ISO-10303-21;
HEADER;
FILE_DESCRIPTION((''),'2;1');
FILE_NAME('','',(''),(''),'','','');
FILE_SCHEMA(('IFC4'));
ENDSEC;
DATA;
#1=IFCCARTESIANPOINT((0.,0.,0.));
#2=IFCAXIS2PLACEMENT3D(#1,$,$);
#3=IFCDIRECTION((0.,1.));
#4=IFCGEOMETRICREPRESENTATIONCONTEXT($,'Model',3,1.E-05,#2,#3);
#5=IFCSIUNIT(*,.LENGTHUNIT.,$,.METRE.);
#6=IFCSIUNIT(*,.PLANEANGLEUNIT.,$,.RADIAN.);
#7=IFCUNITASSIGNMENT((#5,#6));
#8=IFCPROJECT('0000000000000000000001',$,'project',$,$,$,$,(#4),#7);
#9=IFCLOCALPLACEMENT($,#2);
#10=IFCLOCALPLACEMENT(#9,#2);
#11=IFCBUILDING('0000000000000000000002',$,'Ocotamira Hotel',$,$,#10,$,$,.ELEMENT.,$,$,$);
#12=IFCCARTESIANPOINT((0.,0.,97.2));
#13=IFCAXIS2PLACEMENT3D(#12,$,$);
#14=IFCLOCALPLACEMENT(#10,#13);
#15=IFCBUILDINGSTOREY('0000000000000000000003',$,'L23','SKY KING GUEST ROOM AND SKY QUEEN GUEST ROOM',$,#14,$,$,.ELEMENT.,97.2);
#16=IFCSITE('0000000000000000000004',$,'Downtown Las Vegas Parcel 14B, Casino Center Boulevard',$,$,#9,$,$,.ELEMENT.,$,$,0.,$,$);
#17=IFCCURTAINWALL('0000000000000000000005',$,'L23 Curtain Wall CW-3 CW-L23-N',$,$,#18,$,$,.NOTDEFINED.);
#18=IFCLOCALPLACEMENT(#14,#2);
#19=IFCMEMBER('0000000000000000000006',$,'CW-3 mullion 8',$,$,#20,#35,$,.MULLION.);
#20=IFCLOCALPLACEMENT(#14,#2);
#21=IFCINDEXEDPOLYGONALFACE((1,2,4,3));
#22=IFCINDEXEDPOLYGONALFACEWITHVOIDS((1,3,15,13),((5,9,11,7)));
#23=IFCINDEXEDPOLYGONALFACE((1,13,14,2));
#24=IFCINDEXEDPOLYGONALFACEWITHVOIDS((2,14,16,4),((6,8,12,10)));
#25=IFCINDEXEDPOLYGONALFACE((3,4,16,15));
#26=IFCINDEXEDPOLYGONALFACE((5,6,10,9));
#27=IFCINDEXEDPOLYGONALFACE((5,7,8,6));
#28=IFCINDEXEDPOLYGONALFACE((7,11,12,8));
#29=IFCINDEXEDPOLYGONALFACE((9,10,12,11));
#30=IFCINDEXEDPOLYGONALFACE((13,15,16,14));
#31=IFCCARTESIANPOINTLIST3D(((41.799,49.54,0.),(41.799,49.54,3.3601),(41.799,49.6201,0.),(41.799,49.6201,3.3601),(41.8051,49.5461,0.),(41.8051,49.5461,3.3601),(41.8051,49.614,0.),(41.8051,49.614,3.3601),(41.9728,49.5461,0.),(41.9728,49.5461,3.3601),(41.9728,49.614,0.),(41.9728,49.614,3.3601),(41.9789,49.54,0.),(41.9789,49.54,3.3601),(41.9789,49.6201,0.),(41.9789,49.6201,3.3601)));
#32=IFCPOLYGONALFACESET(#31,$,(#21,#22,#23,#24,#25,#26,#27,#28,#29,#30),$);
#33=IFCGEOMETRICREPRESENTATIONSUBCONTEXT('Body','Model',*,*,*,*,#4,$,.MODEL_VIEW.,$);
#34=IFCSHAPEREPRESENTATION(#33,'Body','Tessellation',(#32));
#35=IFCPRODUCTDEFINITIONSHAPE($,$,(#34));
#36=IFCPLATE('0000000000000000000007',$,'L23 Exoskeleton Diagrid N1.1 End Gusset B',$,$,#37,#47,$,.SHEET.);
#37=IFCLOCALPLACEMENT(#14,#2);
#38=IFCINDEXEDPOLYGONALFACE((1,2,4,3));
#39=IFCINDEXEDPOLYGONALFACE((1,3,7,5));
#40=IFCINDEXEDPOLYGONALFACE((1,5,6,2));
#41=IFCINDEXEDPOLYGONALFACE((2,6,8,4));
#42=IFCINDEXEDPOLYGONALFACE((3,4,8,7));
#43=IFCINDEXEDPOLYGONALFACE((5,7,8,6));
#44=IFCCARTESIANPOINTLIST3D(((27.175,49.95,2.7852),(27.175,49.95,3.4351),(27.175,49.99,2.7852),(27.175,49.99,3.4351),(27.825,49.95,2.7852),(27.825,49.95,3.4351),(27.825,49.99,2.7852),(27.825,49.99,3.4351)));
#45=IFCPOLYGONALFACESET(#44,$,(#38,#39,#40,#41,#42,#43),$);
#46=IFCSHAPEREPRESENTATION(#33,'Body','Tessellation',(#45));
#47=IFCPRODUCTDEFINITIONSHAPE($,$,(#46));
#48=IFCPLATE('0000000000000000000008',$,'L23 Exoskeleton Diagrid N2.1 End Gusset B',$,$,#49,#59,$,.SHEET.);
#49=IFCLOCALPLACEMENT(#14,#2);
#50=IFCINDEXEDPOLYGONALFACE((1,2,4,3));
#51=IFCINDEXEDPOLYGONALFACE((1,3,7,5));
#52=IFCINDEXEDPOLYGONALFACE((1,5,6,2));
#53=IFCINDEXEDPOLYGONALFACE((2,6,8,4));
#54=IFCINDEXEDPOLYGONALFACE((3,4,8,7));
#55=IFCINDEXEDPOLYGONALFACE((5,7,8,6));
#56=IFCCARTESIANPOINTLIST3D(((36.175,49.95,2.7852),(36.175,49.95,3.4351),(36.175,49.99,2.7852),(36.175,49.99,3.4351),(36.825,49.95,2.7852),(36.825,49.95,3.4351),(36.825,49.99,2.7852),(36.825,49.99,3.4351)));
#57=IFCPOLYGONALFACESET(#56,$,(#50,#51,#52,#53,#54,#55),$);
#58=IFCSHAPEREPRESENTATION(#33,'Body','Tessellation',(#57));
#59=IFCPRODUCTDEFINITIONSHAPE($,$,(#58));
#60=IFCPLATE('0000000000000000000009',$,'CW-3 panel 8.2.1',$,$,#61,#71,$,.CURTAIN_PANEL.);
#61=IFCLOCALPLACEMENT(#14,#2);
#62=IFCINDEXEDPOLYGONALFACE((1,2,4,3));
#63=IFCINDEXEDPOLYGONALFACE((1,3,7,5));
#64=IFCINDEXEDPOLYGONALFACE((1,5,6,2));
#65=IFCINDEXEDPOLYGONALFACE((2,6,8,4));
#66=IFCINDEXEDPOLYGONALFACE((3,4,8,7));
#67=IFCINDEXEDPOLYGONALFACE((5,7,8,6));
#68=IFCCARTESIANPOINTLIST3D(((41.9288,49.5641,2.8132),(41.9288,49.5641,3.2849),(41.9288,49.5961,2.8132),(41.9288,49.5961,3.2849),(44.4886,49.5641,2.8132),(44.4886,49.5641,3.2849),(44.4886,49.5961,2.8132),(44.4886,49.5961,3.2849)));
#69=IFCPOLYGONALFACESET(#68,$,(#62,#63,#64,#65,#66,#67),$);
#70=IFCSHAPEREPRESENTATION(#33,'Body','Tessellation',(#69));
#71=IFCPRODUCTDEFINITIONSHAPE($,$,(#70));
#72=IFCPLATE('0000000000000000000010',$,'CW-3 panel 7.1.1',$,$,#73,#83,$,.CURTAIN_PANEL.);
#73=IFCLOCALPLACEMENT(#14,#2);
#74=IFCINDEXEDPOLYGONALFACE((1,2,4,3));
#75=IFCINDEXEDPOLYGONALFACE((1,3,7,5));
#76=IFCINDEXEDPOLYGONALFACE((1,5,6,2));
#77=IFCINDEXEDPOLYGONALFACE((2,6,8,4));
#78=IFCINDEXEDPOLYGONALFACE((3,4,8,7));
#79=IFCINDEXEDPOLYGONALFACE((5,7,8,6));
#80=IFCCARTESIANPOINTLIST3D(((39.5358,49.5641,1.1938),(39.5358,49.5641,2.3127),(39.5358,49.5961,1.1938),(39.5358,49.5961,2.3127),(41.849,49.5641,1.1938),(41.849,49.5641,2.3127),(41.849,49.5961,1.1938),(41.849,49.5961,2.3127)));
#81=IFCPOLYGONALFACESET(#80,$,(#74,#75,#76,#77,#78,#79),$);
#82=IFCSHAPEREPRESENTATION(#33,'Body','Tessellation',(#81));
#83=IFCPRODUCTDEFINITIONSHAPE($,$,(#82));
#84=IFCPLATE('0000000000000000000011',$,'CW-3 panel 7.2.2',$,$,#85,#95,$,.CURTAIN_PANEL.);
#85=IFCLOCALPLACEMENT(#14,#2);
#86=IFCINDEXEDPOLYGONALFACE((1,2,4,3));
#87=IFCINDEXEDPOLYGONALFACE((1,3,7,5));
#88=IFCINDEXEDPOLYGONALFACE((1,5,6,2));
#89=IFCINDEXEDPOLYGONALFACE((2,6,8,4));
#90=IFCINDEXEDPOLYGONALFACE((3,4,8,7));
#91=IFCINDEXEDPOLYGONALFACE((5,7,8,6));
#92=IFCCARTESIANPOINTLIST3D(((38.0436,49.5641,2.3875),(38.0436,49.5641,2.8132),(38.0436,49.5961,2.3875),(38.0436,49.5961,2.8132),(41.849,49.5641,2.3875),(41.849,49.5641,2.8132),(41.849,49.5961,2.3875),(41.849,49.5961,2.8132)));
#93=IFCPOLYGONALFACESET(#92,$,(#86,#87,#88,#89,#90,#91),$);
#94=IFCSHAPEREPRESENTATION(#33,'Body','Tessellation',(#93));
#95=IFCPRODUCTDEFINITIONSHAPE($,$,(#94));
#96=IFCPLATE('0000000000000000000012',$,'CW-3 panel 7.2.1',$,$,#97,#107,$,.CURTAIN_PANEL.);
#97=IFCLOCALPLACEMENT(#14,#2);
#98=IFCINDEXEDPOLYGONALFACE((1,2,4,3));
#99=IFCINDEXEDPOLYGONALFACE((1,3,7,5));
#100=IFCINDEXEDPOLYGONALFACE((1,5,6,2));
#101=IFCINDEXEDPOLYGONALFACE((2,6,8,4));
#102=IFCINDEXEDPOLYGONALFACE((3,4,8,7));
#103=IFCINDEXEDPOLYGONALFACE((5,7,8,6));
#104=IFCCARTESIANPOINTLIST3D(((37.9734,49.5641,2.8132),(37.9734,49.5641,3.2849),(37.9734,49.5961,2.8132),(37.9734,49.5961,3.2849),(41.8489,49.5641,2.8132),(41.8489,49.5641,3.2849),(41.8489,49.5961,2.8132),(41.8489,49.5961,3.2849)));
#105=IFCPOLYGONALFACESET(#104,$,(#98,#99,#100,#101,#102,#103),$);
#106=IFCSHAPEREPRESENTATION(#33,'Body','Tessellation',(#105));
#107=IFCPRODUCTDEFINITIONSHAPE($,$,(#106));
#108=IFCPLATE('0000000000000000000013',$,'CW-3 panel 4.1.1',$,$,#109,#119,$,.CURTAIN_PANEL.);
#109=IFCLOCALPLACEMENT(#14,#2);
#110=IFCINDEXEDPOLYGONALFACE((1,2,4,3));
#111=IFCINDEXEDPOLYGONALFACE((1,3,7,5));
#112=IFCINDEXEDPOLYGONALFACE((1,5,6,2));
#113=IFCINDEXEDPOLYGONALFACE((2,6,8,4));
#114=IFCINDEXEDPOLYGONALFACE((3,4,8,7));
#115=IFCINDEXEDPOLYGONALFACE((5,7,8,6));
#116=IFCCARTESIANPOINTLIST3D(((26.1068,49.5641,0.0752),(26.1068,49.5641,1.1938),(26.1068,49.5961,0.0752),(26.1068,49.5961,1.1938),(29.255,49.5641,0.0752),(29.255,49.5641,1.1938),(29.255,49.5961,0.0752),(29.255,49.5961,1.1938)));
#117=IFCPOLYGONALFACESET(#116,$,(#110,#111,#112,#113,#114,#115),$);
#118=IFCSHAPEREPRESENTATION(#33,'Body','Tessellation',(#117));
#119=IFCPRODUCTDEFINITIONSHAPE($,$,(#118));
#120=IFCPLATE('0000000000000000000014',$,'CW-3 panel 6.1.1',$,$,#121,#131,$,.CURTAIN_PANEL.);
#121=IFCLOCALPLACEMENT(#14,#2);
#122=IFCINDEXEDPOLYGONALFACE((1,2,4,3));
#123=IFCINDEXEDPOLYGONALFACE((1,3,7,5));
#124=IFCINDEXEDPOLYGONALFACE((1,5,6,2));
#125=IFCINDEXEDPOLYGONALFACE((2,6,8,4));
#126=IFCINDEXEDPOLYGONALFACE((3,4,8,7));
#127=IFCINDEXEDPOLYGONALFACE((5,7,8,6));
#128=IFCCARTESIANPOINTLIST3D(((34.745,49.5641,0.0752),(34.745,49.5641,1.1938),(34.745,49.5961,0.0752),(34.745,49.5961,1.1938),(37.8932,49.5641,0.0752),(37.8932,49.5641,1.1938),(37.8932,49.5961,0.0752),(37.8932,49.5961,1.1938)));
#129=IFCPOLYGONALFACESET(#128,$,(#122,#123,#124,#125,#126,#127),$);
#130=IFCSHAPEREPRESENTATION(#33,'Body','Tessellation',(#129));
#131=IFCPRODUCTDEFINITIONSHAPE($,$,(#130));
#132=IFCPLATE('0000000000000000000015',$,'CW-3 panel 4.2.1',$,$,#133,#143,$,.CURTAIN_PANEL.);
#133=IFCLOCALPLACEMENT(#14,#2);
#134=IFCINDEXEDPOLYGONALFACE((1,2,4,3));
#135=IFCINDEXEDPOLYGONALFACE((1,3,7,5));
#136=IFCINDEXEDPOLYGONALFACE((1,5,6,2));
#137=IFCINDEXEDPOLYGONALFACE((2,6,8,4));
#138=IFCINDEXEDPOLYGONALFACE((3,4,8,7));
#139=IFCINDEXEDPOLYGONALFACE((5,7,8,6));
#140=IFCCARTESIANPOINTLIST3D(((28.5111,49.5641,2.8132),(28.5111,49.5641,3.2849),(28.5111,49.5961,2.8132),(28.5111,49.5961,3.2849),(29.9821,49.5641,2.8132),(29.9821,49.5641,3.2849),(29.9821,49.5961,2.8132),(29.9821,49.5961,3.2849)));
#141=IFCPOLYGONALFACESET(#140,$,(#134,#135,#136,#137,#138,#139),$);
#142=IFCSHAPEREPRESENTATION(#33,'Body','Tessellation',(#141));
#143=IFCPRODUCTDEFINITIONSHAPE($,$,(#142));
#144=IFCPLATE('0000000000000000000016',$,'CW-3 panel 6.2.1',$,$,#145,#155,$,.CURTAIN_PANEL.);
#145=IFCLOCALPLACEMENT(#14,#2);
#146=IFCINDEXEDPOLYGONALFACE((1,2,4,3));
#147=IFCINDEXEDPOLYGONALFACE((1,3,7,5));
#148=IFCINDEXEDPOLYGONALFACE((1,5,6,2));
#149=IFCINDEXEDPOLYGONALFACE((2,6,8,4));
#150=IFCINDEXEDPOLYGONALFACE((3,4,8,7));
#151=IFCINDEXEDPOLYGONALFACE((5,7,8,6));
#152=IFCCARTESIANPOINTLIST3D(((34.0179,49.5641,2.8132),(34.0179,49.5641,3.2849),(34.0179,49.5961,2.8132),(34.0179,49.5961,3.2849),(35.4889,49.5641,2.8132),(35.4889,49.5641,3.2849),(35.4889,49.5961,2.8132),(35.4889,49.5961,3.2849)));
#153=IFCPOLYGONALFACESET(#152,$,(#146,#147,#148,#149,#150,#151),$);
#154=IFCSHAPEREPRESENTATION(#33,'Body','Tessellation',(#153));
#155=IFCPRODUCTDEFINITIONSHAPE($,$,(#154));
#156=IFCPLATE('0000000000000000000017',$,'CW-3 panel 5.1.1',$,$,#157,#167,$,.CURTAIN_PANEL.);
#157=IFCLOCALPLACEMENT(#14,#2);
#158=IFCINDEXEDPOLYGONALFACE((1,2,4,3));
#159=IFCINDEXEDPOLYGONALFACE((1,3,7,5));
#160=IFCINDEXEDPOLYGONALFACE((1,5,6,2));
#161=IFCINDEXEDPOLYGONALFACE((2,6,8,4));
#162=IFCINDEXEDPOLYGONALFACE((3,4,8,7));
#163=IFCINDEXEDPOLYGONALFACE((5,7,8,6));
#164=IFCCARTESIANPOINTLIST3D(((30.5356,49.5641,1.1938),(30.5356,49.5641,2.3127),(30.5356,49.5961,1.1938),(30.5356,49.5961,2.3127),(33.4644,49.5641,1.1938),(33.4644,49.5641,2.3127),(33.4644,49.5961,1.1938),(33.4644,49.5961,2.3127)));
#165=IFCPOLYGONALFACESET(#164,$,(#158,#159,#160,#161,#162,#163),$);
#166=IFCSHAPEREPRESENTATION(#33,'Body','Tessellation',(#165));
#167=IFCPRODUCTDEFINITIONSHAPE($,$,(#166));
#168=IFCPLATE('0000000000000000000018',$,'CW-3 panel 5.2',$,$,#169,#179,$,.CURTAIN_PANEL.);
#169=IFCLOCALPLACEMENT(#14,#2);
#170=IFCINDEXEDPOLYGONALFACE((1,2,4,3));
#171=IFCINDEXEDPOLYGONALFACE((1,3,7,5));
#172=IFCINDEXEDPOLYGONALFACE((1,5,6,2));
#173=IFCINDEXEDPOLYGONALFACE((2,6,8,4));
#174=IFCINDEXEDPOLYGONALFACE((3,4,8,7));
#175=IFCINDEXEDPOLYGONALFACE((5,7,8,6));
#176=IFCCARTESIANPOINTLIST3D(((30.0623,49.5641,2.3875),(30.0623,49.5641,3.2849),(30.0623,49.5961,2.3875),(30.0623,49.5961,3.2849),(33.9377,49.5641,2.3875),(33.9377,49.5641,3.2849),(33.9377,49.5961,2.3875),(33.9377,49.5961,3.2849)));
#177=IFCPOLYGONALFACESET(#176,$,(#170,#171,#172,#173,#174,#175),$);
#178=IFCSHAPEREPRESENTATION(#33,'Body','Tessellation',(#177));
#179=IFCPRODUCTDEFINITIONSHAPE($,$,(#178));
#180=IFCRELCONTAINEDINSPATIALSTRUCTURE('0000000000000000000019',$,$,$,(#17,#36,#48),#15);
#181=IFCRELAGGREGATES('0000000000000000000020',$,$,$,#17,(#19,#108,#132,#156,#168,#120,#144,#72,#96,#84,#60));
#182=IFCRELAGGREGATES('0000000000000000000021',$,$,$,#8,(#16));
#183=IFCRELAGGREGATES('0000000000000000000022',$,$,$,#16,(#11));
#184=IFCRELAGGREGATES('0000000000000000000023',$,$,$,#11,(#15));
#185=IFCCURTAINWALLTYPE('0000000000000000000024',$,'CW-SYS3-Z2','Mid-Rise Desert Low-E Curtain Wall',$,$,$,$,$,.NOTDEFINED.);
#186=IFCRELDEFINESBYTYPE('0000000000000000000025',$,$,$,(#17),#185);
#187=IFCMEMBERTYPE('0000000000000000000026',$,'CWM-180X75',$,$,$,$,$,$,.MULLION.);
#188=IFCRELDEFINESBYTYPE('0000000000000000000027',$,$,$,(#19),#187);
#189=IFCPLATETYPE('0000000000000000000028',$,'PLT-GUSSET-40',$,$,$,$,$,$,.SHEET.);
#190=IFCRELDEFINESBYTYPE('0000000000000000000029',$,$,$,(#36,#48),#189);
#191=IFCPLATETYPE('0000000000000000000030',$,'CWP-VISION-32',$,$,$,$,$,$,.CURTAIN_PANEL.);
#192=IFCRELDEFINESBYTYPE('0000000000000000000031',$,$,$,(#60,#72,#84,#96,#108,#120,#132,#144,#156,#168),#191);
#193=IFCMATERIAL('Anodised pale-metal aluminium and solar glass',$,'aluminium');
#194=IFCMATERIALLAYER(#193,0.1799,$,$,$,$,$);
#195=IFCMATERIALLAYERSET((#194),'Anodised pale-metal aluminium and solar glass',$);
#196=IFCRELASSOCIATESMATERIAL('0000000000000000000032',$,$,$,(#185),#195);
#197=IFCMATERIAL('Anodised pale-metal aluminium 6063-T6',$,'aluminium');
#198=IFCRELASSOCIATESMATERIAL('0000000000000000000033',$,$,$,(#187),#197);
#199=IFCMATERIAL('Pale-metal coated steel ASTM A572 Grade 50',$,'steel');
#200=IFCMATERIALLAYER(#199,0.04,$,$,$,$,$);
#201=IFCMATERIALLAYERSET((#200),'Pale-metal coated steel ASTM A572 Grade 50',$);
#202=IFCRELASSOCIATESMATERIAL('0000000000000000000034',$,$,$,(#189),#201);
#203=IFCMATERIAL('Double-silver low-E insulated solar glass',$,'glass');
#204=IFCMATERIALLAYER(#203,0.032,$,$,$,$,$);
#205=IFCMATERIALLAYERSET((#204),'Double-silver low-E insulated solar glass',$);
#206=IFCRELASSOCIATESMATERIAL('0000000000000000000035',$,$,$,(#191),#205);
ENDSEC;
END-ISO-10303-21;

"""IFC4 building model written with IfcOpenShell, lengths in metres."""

from ifc_helpers import new_model, si_unit, direction, frame, origin, origin_2d, place, context, subcontext, project, spatial, rectangle, hollow_rectangle, extrude, source, transform, mapped, material, layer, layer_set, material_profile, profile_set, type_object, element, aggregate, save


model = new_model("IFC4")

# Units and contexts
model_context = context("Model", 3, precision=1e-05, world=origin(), true_north=direction((0.0, 1.0)))
body_context = subcontext(model_context, "Body", "Model", "MODEL_VIEW")
ifc_project = project(units=[si_unit("LENGTHUNIT", "METRE"), si_unit("PLANEANGLEUNIT", "RADIAN")], contexts=[model_context])

# Site, building, storey
site_placement = place(None, origin())
site = spatial("IfcSite", under=ifc_project, at=site_placement, Name="Downtown Las Vegas Parcel 14B, Casino Center Boulevard", CompositionType="ELEMENT", RefElevation=0.0)
building_placement = place(site_placement, origin())
building = spatial("IfcBuilding", under=site, at=building_placement, Name="Ocotamira Hotel", CompositionType="ELEMENT")
storey_placement = place(building_placement, frame((0.0, 0.0, 97.2)))
storey = spatial("IfcBuildingStorey", under=building, at=storey_placement, Name="L23", Description="SKY KING GUEST ROOM AND SKY QUEEN GUEST ROOM", CompositionType="ELEMENT", Elevation=97.2)

# Curtain wall, member
ifc_material_1 = material(Name="Anodised pale-metal aluminium and solar glass", Category="aluminium")
ifc_layer_1 = layer(ifc_material_1, 0.1799)
ifc_layer_set_1 = layer_set([ifc_layer_1], Name="Anodised pale-metal aluminium and solar glass")
curtain_wall_type = type_object("IfcCurtainWallType", Name="CW-SYS3-Z2", Description="Mid-Rise Desert Low-E Curtain Wall", PredefinedType="NOTDEFINED", material=ifc_layer_set_1)
curtain_wall_placement = place(storey_placement, origin())
curtain_wall = element("IfcCurtainWall", 1, at=curtain_wall_placement, inside=storey, type_object=curtain_wall_type, Name="L23 Curtain Wall CW-3 CW-L23-N", PredefinedType="NOTDEFINED")
ifc_material_2 = material(Name="Anodised pale-metal aluminium 6063-T6", Category="aluminium")
ifc_material_profile_1 = material_profile(ifc_material_2, hollow_rectangle(XDim=0.0801, YDim=0.1799, WallThickness=0.0061, at=origin_2d()), Name="HSS180X80X6")
ifc_profile_set_1 = profile_set([ifc_material_profile_1], Name="Anodised pale-metal aluminium 6063-T6")
member_type_1 = type_object("IfcMemberType", Name="CWM-180X75", PredefinedType="MULLION", material=ifc_profile_set_1)
shared_shape_1 = source(origin(), body_context, "Body", "SweptSolid", [
    extrude(hollow_rectangle(XDim=0.0801, YDim=0.1799, WallThickness=0.0061, at=origin_2d()), origin(), (0.0, 0.0, 1.0), 3.3601),
])
member_1_placement = place(storey_placement, frame((41.8889, 49.5801, 0.0), z_axis=(0.0, 0.0, 1.0), x_axis=(0.0, 1.0, 0.0)))
member_1 = element("IfcMember", 2, at=member_1_placement, type_object=member_type_1, Name="CW-3 mullion 8", PredefinedType="MULLION", context=body_context, shape_type="MappedRepresentation", body=[
    mapped(shared_shape_1, transform((0.0, 0.0, 0.0), scale=1.0)),
])

# Plates
ifc_material_3 = material(Name="Pale-metal coated steel ASTM A572 Grade 50", Category="steel")
ifc_layer_2 = layer(ifc_material_3, 0.04)
ifc_layer_set_2 = layer_set([ifc_layer_2], Name="Pale-metal coated steel ASTM A572 Grade 50")
plate_type_1 = type_object("IfcPlateType", Name="PLT-GUSSET-40", PredefinedType="SHEET", material=ifc_layer_set_2)
shared_shape_2 = source(origin(), body_context, "Body", "SweptSolid", [
    extrude(rectangle(XDim=0.6499, YDim=0.04, at=origin_2d()), origin(), (0.0, 0.0, 1.0), 0.6499),
])
for number, where, z_axis, x_axis, name in (
    (3, (27.5, 49.97, 2.7852), (0.0, 0.0, 1.0), (1.0, 0.0, 0.0), "L23 Exoskeleton Diagrid N1.1 End Gusset B"),
    (4, (36.5, 49.97, 2.7852), (0.0, 0.0, 1.0), (1.0, 0.0, 0.0), "L23 Exoskeleton Diagrid N2.1 End Gusset B"),
):
    element("IfcPlate", number, at=place(storey_placement, frame(where, z_axis=z_axis, x_axis=x_axis)), inside=storey, type_object=plate_type_1, Name=name, PredefinedType="SHEET", context=body_context, shape_type="MappedRepresentation", body=[
        mapped(shared_shape_2, transform((0.0, 0.0, 0.0), scale=1.0)),
    ])

# Plates
ifc_material_4 = material(Name="Double-silver low-E insulated solar glass", Category="glass")
ifc_layer_3 = layer(ifc_material_4, 0.032)
ifc_layer_set_3 = layer_set([ifc_layer_3], Name="Double-silver low-E insulated solar glass")
plate_type_2 = type_object("IfcPlateType", Name="CWP-VISION-32", PredefinedType="CURTAIN_PANEL", material=ifc_layer_set_3)
shared_shape_3 = source(origin(), body_context, "Body", "SweptSolid", [
    extrude(rectangle(XDim=2.5598, YDim=0.032, at=origin_2d()), origin(), (0.0, 0.0, 1.0), 0.4717),
])
plate_1_placement = place(storey_placement, frame((43.2087, 49.5801, 2.8132), z_axis=(0.0, 0.0, 1.0), x_axis=(1.0, 0.0, 0.0)))
plate_1 = element("IfcPlate", 5, at=plate_1_placement, type_object=plate_type_2, Name="CW-3 panel 8.2.1", PredefinedType="CURTAIN_PANEL", context=body_context, shape_type="MappedRepresentation", body=[
    mapped(shared_shape_3, transform((0.0, 0.0, 0.0), scale=1.0)),
])
shared_shape_4 = source(origin(), body_context, "Body", "SweptSolid", [
    extrude(rectangle(XDim=2.3132, YDim=0.032, at=origin_2d()), origin(), (0.0, 0.0, 1.0), 1.1189),
])
plate_2_placement = place(storey_placement, frame((40.6924, 49.5801, 1.1938), z_axis=(0.0, 0.0, 1.0), x_axis=(1.0, 0.0, 0.0)))
plate_2 = element("IfcPlate", 6, at=plate_2_placement, type_object=plate_type_2, Name="CW-3 panel 7.1.1", PredefinedType="CURTAIN_PANEL", context=body_context, shape_type="MappedRepresentation", body=[
    mapped(shared_shape_4, transform((0.0, 0.0, 0.0), scale=1.0)),
])
shared_shape_5 = source(origin(), body_context, "Body", "SweptSolid", [
    extrude(rectangle(XDim=3.8054, YDim=0.032, at=origin_2d()), origin(), (0.0, 0.0, 1.0), 0.4258),
])
plate_3_placement = place(storey_placement, frame((39.9463, 49.5801, 2.3875), z_axis=(0.0, 0.0, 1.0), x_axis=(1.0, 0.0, 0.0)))
plate_3 = element("IfcPlate", 7, at=plate_3_placement, type_object=plate_type_2, Name="CW-3 panel 7.2.2", PredefinedType="CURTAIN_PANEL", context=body_context, shape_type="MappedRepresentation", body=[
    mapped(shared_shape_5, transform((0.0, 0.0, 0.0), scale=1.0)),
])
shared_shape_6 = source(origin(), body_context, "Body", "SweptSolid", [
    extrude(rectangle(XDim=3.8755, YDim=0.032, at=origin_2d()), origin(), (0.0, 0.0, 1.0), 0.4717),
])
plate_4_placement = place(storey_placement, frame((39.9111, 49.5801, 2.8132), z_axis=(0.0, 0.0, 1.0), x_axis=(1.0, 0.0, 0.0)))
plate_4 = element("IfcPlate", 8, at=plate_4_placement, type_object=plate_type_2, Name="CW-3 panel 7.2.1", PredefinedType="CURTAIN_PANEL", context=body_context, shape_type="MappedRepresentation", body=[
    mapped(shared_shape_6, transform((0.0, 0.0, 0.0), scale=1.0)),
])
shared_shape_7 = source(origin(), body_context, "Body", "SweptSolid", [
    extrude(rectangle(XDim=3.1482, YDim=0.032, at=origin_2d()), origin(), (0.0, 0.0, 1.0), 1.1187),
])
plate_5_placement = place(storey_placement, frame((27.6809, 49.5801, 0.0752), z_axis=(0.0, 0.0, 1.0), x_axis=(1.0, 0.0, 0.0)))
plate_5 = element("IfcPlate", 9, at=plate_5_placement, type_object=plate_type_2, Name="CW-3 panel 4.1.1", PredefinedType="CURTAIN_PANEL", context=body_context, shape_type="MappedRepresentation", body=[
    mapped(shared_shape_7, transform((0.0, 0.0, 0.0), scale=1.0)),
])
plate_6_placement = place(storey_placement, frame((36.3191, 49.5801, 0.0752), z_axis=(0.0, 0.0, 1.0), x_axis=(1.0, 0.0, 0.0)))
plate_6 = element("IfcPlate", 10, at=plate_6_placement, type_object=plate_type_2, Name="CW-3 panel 6.1.1", PredefinedType="CURTAIN_PANEL", context=body_context, shape_type="MappedRepresentation", body=[
    mapped(shared_shape_7, transform((0.0, 0.0, 0.0), scale=1.0)),
])
shared_shape_8 = source(origin(), body_context, "Body", "SweptSolid", [
    extrude(rectangle(XDim=1.4709, YDim=0.032, at=origin_2d()), origin(), (0.0, 0.0, 1.0), 0.4717),
])
plate_7_placement = place(storey_placement, frame((29.2466, 49.5801, 2.8132), z_axis=(0.0, 0.0, 1.0), x_axis=(1.0, 0.0, 0.0)))
plate_7 = element("IfcPlate", 11, at=plate_7_placement, type_object=plate_type_2, Name="CW-3 panel 4.2.1", PredefinedType="CURTAIN_PANEL", context=body_context, shape_type="MappedRepresentation", body=[
    mapped(shared_shape_8, transform((0.0, 0.0, 0.0), scale=1.0)),
])
plate_8_placement = place(storey_placement, frame((34.7534, 49.5801, 2.8132), z_axis=(0.0, 0.0, 1.0), x_axis=(1.0, 0.0, 0.0)))
plate_8 = element("IfcPlate", 12, at=plate_8_placement, type_object=plate_type_2, Name="CW-3 panel 6.2.1", PredefinedType="CURTAIN_PANEL", context=body_context, shape_type="MappedRepresentation", body=[
    mapped(shared_shape_8, transform((0.0, 0.0, 0.0), scale=1.0)),
])
shared_shape_9 = source(origin(), body_context, "Body", "SweptSolid", [
    extrude(rectangle(XDim=2.9287, YDim=0.032, at=origin_2d()), origin(), (0.0, 0.0, 1.0), 1.1189),
])
plate_9_placement = place(storey_placement, frame((32.0, 49.5801, 1.1938), z_axis=(0.0, 0.0, 1.0), x_axis=(1.0, 0.0, 0.0)))
plate_9 = element("IfcPlate", 13, at=plate_9_placement, type_object=plate_type_2, Name="CW-3 panel 5.1.1", PredefinedType="CURTAIN_PANEL", context=body_context, shape_type="MappedRepresentation", body=[
    mapped(shared_shape_9, transform((0.0, 0.0, 0.0), scale=1.0)),
])
shared_shape_10 = source(origin(), body_context, "Body", "SweptSolid", [
    extrude(rectangle(XDim=3.8755, YDim=0.032, at=origin_2d()), origin(), (0.0, 0.0, 1.0), 0.8975),
])
plate_10_placement = place(storey_placement, frame((32.0, 49.5801, 2.3875), z_axis=(0.0, 0.0, 1.0), x_axis=(1.0, 0.0, 0.0)))
plate_10 = element("IfcPlate", 14, at=plate_10_placement, type_object=plate_type_2, Name="CW-3 panel 5.2", PredefinedType="CURTAIN_PANEL", context=body_context, shape_type="MappedRepresentation", body=[
    mapped(shared_shape_10, transform((0.0, 0.0, 0.0), scale=1.0)),
])
aggregate(curtain_wall, [member_1, plate_5, plate_7, plate_9, plate_10, plate_6, plate_8, plate_2, plate_4, plate_3, plate_1])

save(model, "model.ifc")
